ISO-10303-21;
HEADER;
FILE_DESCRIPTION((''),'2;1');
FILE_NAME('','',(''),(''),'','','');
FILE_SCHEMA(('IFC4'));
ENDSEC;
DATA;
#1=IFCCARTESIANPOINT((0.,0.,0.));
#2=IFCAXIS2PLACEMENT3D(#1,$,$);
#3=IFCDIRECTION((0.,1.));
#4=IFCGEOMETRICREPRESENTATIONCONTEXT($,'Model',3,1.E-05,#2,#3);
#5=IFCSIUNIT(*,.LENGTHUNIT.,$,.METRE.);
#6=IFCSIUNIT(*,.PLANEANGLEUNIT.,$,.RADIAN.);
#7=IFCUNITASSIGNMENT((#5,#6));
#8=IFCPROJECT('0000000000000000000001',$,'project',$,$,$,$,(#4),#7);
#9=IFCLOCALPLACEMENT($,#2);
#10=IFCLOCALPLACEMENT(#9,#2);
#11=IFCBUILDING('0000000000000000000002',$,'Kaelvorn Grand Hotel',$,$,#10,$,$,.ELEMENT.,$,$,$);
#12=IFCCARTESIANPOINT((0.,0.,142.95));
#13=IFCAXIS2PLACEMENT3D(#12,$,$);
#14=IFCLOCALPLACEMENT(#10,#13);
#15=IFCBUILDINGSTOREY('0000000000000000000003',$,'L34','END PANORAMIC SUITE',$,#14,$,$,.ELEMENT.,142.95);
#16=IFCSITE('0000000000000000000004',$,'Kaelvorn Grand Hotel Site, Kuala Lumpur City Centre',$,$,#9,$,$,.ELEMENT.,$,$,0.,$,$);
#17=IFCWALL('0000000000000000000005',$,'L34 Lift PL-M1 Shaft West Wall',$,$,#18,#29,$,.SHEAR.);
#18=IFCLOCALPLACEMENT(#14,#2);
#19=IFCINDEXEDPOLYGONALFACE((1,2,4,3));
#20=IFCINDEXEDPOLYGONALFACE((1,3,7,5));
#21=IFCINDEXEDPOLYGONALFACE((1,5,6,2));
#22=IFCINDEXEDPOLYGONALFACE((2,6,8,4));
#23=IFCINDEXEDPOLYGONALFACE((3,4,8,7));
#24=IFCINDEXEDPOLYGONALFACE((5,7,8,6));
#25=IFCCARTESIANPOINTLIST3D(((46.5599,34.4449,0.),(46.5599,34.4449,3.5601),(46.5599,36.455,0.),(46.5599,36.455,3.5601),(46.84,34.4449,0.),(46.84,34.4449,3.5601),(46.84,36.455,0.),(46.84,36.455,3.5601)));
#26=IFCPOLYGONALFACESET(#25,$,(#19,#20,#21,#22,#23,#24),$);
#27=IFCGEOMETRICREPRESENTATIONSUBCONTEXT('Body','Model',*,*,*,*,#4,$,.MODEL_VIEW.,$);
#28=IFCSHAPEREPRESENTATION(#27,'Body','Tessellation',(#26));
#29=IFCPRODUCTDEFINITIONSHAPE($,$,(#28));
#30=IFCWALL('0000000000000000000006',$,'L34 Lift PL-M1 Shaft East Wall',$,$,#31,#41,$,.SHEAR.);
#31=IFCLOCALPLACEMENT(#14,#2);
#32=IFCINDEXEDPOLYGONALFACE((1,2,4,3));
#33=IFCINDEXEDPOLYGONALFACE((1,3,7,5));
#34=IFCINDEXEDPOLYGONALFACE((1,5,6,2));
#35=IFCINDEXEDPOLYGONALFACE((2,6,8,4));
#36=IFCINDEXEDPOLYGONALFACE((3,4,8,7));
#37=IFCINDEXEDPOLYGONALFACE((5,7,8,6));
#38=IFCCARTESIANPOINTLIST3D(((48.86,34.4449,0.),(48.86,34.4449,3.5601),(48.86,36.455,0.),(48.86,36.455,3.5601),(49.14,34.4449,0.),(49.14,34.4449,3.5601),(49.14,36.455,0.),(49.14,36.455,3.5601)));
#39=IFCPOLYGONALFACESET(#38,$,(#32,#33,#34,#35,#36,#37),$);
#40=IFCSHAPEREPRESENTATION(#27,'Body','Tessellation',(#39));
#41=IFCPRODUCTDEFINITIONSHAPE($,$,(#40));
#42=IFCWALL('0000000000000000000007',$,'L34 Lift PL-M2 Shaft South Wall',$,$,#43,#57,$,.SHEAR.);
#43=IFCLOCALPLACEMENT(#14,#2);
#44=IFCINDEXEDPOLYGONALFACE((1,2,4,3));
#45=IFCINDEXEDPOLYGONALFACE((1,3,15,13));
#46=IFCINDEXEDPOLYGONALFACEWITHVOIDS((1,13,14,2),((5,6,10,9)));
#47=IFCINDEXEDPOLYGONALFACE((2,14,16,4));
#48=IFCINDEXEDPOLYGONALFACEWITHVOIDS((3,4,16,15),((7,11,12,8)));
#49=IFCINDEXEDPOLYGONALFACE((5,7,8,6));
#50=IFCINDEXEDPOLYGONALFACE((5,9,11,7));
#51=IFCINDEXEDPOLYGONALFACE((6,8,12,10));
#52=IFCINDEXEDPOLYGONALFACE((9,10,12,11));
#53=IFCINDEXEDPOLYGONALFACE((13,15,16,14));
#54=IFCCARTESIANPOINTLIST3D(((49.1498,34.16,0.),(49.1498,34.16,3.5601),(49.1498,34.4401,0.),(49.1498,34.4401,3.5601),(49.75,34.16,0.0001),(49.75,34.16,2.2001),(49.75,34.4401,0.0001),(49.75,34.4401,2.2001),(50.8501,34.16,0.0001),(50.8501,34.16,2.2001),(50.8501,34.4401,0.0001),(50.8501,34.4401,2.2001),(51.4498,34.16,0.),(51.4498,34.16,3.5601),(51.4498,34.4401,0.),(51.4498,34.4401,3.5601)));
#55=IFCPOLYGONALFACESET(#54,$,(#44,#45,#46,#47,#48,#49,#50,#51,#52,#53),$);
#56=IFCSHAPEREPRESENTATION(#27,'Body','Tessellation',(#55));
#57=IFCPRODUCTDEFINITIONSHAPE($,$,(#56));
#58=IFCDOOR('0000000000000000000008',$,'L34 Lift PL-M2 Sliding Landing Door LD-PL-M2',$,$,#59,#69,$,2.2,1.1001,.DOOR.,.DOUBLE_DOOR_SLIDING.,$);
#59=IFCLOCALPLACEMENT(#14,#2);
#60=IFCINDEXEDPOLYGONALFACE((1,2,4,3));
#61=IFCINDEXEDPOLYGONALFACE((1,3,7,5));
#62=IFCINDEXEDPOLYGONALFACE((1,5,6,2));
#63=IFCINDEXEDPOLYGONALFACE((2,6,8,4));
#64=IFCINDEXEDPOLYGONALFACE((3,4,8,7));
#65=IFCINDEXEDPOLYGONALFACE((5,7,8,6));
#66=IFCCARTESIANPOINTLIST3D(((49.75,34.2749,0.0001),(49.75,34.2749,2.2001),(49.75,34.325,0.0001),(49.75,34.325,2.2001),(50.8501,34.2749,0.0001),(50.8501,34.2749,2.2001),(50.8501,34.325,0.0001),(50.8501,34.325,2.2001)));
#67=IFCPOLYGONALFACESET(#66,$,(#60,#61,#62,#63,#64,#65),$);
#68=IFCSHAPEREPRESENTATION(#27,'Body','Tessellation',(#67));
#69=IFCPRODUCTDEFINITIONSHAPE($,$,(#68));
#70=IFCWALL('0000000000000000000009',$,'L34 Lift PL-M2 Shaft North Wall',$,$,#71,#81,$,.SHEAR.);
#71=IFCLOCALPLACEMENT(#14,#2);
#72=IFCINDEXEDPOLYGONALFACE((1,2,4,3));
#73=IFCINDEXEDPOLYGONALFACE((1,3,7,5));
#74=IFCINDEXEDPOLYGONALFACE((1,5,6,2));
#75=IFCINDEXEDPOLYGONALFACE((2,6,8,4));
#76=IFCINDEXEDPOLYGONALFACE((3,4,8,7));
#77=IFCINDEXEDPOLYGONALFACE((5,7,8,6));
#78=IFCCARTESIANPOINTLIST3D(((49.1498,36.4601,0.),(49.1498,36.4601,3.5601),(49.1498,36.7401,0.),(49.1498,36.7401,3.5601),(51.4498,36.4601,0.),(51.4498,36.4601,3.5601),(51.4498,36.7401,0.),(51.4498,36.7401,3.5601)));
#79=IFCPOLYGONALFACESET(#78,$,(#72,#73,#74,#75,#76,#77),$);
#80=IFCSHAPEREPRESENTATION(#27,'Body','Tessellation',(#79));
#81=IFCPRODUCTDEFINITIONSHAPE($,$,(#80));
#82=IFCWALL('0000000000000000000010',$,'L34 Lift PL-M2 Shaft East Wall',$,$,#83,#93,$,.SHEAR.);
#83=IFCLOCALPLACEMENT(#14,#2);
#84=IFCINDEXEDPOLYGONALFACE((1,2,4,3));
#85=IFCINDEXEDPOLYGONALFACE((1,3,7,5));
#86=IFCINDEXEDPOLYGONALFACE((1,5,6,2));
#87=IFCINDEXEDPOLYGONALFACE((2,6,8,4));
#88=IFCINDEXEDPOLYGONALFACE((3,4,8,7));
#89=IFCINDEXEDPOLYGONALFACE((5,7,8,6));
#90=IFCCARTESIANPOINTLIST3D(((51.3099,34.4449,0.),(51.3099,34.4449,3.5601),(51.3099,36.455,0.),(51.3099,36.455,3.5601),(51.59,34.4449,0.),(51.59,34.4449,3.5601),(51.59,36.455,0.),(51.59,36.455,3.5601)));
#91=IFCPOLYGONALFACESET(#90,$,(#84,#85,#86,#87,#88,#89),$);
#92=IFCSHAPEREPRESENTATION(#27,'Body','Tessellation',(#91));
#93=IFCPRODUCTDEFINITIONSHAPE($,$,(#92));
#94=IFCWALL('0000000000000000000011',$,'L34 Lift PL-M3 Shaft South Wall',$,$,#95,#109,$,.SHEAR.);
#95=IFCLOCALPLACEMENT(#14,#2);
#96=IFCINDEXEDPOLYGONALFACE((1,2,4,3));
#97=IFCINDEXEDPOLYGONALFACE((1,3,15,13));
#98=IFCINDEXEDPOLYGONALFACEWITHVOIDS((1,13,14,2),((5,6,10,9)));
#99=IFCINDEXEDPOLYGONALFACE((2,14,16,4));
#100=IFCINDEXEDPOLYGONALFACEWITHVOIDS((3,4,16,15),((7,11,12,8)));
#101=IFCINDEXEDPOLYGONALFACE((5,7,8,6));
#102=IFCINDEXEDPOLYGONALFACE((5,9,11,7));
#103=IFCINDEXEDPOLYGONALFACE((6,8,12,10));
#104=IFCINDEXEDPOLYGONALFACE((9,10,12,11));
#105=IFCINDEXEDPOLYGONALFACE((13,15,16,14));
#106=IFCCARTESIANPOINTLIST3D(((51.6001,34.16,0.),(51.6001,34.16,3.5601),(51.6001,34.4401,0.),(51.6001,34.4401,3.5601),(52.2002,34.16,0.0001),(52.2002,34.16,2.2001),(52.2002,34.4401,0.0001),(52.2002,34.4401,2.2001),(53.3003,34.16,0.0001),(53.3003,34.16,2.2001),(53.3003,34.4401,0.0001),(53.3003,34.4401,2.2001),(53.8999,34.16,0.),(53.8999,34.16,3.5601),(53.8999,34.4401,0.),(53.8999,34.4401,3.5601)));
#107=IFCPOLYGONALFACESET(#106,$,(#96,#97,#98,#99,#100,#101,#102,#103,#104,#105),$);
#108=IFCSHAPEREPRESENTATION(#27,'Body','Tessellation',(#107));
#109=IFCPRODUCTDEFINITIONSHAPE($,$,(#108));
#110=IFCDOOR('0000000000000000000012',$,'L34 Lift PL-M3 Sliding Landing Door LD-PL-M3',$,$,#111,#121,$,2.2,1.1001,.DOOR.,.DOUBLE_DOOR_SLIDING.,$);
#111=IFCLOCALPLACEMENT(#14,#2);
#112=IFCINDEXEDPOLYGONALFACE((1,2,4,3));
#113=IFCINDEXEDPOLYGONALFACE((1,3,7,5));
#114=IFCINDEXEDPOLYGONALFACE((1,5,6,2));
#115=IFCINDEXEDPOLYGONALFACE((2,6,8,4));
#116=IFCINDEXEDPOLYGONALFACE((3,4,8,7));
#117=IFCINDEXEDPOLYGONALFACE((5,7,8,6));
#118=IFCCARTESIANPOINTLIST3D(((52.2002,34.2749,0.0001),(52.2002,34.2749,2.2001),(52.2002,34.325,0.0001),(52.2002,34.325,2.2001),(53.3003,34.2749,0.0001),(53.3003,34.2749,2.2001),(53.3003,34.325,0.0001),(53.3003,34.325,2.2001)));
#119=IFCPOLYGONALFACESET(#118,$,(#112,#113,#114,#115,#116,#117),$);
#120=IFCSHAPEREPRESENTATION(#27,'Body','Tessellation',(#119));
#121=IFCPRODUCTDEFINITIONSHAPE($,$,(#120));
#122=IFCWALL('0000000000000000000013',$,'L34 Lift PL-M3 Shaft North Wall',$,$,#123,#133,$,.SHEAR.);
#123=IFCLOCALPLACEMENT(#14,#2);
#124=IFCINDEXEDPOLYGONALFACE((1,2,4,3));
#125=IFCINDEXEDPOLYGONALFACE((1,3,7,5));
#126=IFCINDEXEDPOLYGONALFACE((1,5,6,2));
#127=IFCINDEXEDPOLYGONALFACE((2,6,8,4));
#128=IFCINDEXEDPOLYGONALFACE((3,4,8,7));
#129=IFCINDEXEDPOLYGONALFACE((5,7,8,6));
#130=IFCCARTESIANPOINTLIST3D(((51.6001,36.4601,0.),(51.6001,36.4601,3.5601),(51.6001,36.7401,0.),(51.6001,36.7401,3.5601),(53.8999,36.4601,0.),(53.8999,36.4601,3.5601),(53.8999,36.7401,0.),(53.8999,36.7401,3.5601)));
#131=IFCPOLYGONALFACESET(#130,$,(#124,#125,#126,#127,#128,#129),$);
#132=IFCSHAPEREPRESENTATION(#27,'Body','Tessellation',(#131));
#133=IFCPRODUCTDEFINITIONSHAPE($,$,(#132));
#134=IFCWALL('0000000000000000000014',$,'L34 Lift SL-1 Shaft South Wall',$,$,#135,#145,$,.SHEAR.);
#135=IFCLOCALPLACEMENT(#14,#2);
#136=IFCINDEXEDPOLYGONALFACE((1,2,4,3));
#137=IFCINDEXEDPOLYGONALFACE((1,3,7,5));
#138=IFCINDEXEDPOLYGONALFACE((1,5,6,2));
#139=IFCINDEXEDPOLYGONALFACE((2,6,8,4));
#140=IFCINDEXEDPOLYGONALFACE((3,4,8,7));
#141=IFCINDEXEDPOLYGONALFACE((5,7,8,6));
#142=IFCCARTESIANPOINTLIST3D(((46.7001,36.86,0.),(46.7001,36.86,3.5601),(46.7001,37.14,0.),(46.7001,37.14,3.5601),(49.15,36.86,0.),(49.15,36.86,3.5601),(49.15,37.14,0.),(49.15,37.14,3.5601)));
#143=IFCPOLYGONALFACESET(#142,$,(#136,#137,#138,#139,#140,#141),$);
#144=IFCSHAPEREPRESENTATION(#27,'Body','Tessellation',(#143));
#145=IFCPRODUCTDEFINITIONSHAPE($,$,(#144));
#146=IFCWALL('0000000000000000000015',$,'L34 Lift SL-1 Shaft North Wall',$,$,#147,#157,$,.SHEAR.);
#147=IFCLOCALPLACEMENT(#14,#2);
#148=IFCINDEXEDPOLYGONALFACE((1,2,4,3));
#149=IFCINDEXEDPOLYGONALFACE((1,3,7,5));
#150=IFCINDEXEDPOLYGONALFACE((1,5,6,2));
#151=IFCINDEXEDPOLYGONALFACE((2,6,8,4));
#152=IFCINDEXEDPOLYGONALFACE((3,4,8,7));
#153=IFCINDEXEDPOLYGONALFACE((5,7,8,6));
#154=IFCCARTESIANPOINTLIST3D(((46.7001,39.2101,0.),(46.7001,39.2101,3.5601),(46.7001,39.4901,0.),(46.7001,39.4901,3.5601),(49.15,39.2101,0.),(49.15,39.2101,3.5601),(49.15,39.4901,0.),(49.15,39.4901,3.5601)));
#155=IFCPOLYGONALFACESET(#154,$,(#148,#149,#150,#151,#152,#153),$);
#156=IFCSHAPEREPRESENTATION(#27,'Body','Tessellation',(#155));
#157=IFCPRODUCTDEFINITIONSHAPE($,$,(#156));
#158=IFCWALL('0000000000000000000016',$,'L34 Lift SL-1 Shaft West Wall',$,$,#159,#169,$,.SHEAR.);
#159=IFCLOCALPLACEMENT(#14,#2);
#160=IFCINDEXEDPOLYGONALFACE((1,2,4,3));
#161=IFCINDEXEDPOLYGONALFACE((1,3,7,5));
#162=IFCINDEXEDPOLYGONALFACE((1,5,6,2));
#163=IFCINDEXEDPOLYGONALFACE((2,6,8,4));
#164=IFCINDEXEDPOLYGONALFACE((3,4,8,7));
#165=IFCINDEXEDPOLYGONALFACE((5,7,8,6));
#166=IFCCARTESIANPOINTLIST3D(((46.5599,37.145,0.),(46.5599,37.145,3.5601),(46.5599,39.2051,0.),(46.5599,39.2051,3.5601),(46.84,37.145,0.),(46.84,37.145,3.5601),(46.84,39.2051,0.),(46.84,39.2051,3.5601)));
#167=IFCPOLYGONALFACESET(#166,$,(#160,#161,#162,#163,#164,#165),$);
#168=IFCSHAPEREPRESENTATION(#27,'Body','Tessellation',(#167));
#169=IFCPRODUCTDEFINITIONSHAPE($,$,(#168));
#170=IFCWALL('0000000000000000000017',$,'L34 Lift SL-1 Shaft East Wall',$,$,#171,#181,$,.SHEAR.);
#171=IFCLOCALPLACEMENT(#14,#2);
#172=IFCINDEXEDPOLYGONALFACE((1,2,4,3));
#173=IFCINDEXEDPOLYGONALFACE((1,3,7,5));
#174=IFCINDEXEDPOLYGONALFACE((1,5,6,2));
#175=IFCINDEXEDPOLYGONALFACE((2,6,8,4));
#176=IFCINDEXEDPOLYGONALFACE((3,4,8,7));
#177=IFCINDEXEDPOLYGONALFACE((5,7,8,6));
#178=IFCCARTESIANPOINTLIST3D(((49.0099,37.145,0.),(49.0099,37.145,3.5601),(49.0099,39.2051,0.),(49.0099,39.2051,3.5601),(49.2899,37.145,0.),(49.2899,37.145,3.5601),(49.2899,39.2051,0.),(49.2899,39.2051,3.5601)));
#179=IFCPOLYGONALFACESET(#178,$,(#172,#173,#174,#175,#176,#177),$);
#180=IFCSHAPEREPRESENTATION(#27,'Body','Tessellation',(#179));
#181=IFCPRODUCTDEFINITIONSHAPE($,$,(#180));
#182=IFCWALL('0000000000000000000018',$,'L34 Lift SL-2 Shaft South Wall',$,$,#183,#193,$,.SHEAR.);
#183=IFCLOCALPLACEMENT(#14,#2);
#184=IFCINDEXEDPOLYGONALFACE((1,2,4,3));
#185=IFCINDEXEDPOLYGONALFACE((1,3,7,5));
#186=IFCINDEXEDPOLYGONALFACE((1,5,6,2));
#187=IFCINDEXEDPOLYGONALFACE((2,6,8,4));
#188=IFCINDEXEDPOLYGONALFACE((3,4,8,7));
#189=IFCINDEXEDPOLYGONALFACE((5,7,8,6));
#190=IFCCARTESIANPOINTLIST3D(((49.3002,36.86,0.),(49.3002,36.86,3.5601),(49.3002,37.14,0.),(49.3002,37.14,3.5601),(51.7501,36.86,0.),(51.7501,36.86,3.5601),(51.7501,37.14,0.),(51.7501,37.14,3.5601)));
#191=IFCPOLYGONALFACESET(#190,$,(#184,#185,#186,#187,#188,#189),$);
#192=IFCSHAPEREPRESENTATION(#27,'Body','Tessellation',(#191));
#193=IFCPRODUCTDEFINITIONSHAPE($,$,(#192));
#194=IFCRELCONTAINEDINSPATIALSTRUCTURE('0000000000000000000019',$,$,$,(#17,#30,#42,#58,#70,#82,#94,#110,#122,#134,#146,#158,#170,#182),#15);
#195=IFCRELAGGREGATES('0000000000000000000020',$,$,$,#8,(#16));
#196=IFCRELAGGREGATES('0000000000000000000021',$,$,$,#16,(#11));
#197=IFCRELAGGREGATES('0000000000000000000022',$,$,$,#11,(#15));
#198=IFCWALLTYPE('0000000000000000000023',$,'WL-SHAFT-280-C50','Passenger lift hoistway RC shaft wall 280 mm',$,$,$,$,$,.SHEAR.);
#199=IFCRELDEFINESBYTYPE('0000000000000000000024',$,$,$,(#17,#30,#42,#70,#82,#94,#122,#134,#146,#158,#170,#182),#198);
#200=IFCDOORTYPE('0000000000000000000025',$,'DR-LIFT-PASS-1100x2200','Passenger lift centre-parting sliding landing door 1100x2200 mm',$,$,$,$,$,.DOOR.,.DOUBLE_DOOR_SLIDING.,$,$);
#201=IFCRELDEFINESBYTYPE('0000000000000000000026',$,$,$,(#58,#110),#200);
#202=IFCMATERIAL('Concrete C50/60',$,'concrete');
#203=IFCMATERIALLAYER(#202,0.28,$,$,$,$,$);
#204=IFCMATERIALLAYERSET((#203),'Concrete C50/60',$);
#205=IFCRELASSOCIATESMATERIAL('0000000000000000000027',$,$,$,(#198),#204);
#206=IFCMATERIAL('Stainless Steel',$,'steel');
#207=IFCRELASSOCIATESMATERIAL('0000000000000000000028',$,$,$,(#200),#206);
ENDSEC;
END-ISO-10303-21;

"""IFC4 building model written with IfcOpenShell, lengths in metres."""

from ifc_helpers import new_model, si_unit, direction, frame, frame_2d, origin, place, context, subcontext, project, spatial, rectangle, extrude, material, layer, layer_set, type_object, element, fill, save


model = new_model("IFC4")

# Units and contexts
model_context = context("Model", 3, precision=1e-05, world=origin(), true_north=direction((0.0, 1.0)))
body_context = subcontext(model_context, "Body", "Model", "MODEL_VIEW")
ifc_project = project(units=[si_unit("LENGTHUNIT", "METRE"), si_unit("PLANEANGLEUNIT", "RADIAN")], contexts=[model_context])

# Site, building, storey
site_placement = place(None, origin())
site = spatial("IfcSite", under=ifc_project, at=site_placement, Name="Kaelvorn Grand Hotel Site, Kuala Lumpur City Centre", CompositionType="ELEMENT", RefElevation=0.0)
building_placement = place(site_placement, origin())
building = spatial("IfcBuilding", under=site, at=building_placement, Name="Kaelvorn Grand Hotel", CompositionType="ELEMENT")
storey_placement = place(building_placement, frame((0.0, 0.0, 142.95)))
storey = spatial("IfcBuildingStorey", under=building, at=storey_placement, Name="L34", Description="END PANORAMIC SUITE", CompositionType="ELEMENT", Elevation=142.95)

# Shared definitions
ifc_material_1 = material(Name="Concrete C50/60", Category="concrete")

# Shared definitions
ifc_layer_1 = layer(ifc_material_1, 0.28)
ifc_layer_set_1 = layer_set([ifc_layer_1], Name="Concrete C50/60")
wall_type_1 = type_object("IfcWallType", Name="WL-SHAFT-280-C50", Description="Passenger lift hoistway RC shaft wall 280 mm", PredefinedType="SHEAR", material=ifc_layer_set_1)
ifc_material_2 = material(Name="Stainless Steel", Category="steel")
door_type_1 = type_object("IfcDoorType", Name="DR-LIFT-PASS-1100x2200", Description="Passenger lift centre-parting sliding landing door 1100x2200 mm", OperationType="DOUBLE_DOOR_SLIDING", PredefinedType="DOOR", material=ifc_material_2)

# Walls
for number, where, z_axis, x_axis, name in (
    (1, (46.7, 34.4451, 0.0), (0.0, 0.0, 1.0), (0.0, 1.0, 0.0), "L34 Lift PL-M1 Shaft West Wall"),
    (2, (49.0, 34.4451, 0.0), (0.0, 0.0, 1.0), (0.0, 1.0, 0.0), "L34 Lift PL-M1 Shaft East Wall"),
):
    element("IfcWall", number, at=place(storey_placement, frame(where, z_axis=z_axis, x_axis=x_axis)), inside=storey, type_object=wall_type_1, Name=name, PredefinedType="SHEAR", context=body_context, shape_type="SweptSolid", body=[
        extrude(rectangle(XDim=2.01, YDim=0.28, at=frame_2d((1.0049, 0.0))), origin(), (0.0, 0.0, 1.0), 3.5601),
    ])

# Wall, opening, door
wall_1_placement = place(storey_placement, frame((49.1499, 34.3, 0.0), z_axis=(0.0, 0.0, 1.0), x_axis=(1.0, 0.0, 0.0)))
wall_1 = element("IfcWall", 3, at=wall_1_placement, inside=storey, type_object=wall_type_1, Name="L34 Lift PL-M2 Shaft South Wall", PredefinedType="SHEAR", context=body_context, shape_type="SweptSolid", body=[
    extrude(rectangle(XDim=2.3, YDim=0.28, at=frame_2d((1.1499, 0.0))), origin(), (0.0, 0.0, 1.0), 3.5601),
])
opening_1_placement = place(wall_1_placement, frame((0.6001, 0.0, 0.0)))
opening_1 = element("IfcOpeningElement", 4, at=opening_1_placement, cuts=wall_1, PredefinedType="OPENING", context=body_context, shape_type="SweptSolid", body=[
    extrude(rectangle(XDim=1.1001, YDim=2.2, at=frame_2d((0.55, 1.1001))), frame((0.0, 0.1499, 0.0), z_axis=(0.0, -1.0, 0.0), x_axis=(1.0, 0.0, 0.0)), (0.0, 0.0, 1.0), 0.3),
])
door_1_placement = place(opening_1_placement, origin())
door_1 = element("IfcDoor", 5, at=door_1_placement, inside=storey, type_object=door_type_1, Name="L34 Lift PL-M2 Sliding Landing Door LD-PL-M2", OperationType="DOUBLE_DOOR_SLIDING", OverallHeight=2.2, OverallWidth=1.1001, PredefinedType="DOOR", context=body_context, shape_type="SweptSolid", body=[
    extrude(rectangle(XDim=1.1001, YDim=2.2, at=frame_2d((0.55, 1.1001))), frame((0.0, 0.0249, 0.0), z_axis=(0.0, -1.0, 0.0), x_axis=(1.0, 0.0, 0.0)), (0.0, 0.0, 1.0), 0.05),
])
fill(opening_1, door_1)

# Walls
wall_2_placement = place(storey_placement, frame((49.1499, 36.6001, 0.0), z_axis=(0.0, 0.0, 1.0), x_axis=(1.0, 0.0, 0.0)))
element("IfcWall", 6, at=wall_2_placement, inside=storey, type_object=wall_type_1, Name="L34 Lift PL-M2 Shaft North Wall", PredefinedType="SHEAR", context=body_context, shape_type="SweptSolid", body=[
    extrude(rectangle(XDim=2.3, YDim=0.28, at=frame_2d((1.1499, 0.0))), origin(), (0.0, 0.0, 1.0), 3.5601),
])
wall_3_placement = place(storey_placement, frame((51.45, 34.4451, 0.0), z_axis=(0.0, 0.0, 1.0), x_axis=(0.0, 1.0, 0.0)))
element("IfcWall", 7, at=wall_3_placement, inside=storey, type_object=wall_type_1, Name="L34 Lift PL-M2 Shaft East Wall", PredefinedType="SHEAR", context=body_context, shape_type="SweptSolid", body=[
    extrude(rectangle(XDim=2.01, YDim=0.28, at=frame_2d((1.0049, 0.0))), origin(), (0.0, 0.0, 1.0), 3.5601),
])

# Wall, opening, door
wall_4_placement = place(storey_placement, frame((51.6001, 34.3, 0.0), z_axis=(0.0, 0.0, 1.0), x_axis=(1.0, 0.0, 0.0)))
wall_4 = element("IfcWall", 8, at=wall_4_placement, inside=storey, type_object=wall_type_1, Name="L34 Lift PL-M3 Shaft South Wall", PredefinedType="SHEAR", context=body_context, shape_type="SweptSolid", body=[
    extrude(rectangle(XDim=2.2998, YDim=0.28, at=frame_2d((1.1499, 0.0))), origin(), (0.0, 0.0, 1.0), 3.5601),
])
opening_2_placement = place(wall_4_placement, frame((0.6001, 0.0, 0.0)))
opening_2 = element("IfcOpeningElement", 9, at=opening_2_placement, cuts=wall_4, PredefinedType="OPENING", context=body_context, shape_type="SweptSolid", body=[
    extrude(rectangle(XDim=1.1001, YDim=2.2, at=frame_2d((0.55, 1.1001))), frame((0.0, 0.1499, 0.0), z_axis=(0.0, -1.0, 0.0), x_axis=(1.0, 0.0, 0.0)), (0.0, 0.0, 1.0), 0.3),
])
door_2_placement = place(opening_2_placement, origin())
door_2 = element("IfcDoor", 10, at=door_2_placement, inside=storey, type_object=door_type_1, Name="L34 Lift PL-M3 Sliding Landing Door LD-PL-M3", OperationType="DOUBLE_DOOR_SLIDING", OverallHeight=2.2, OverallWidth=1.1001, PredefinedType="DOOR", context=body_context, shape_type="SweptSolid", body=[
    extrude(rectangle(XDim=1.1001, YDim=2.2, at=frame_2d((0.55, 1.1001))), frame((0.0, 0.0249, 0.0), z_axis=(0.0, -1.0, 0.0), x_axis=(1.0, 0.0, 0.0)), (0.0, 0.0, 1.0), 0.05),
])
fill(opening_2, door_2)

# Walls
wall_5_placement = place(storey_placement, frame((51.6001, 36.6001, 0.0), z_axis=(0.0, 0.0, 1.0), x_axis=(1.0, 0.0, 0.0)))
element("IfcWall", 11, at=wall_5_placement, inside=storey, type_object=wall_type_1, Name="L34 Lift PL-M3 Shaft North Wall", PredefinedType="SHEAR", context=body_context, shape_type="SweptSolid", body=[
    extrude(rectangle(XDim=2.2998, YDim=0.28, at=frame_2d((1.1499, 0.0))), origin(), (0.0, 0.0, 1.0), 3.5601),
])
for number, where, z_axis, x_axis, name in (
    (12, (46.7, 37.0, 0.0), (0.0, 0.0, 1.0), (1.0, 0.0, 0.0), "L34 Lift SL-1 Shaft South Wall"),
    (13, (46.7, 39.3501, 0.0), (0.0, 0.0, 1.0), (1.0, 0.0, 0.0), "L34 Lift SL-1 Shaft North Wall"),
):
    element("IfcWall", number, at=place(storey_placement, frame(where, z_axis=z_axis, x_axis=x_axis)), inside=storey, type_object=wall_type_1, Name=name, PredefinedType="SHEAR", context=body_context, shape_type="SweptSolid", body=[
        extrude(rectangle(XDim=2.45, YDim=0.28, at=frame_2d((1.2251, 0.0))), origin(), (0.0, 0.0, 1.0), 3.5601),
    ])
for number, where, z_axis, x_axis, name in (
    (14, (46.7, 37.145, 0.0), (0.0, 0.0, 1.0), (0.0, 1.0, 0.0), "L34 Lift SL-1 Shaft West Wall"),
    (15, (49.1499, 37.145, 0.0), (0.0, 0.0, 1.0), (0.0, 1.0, 0.0), "L34 Lift SL-1 Shaft East Wall"),
):
    element("IfcWall", number, at=place(storey_placement, frame(where, z_axis=z_axis, x_axis=x_axis)), inside=storey, type_object=wall_type_1, Name=name, PredefinedType="SHEAR", context=body_context, shape_type="SweptSolid", body=[
        extrude(rectangle(XDim=2.0601, YDim=0.28, at=frame_2d((1.03, 0.0))), origin(), (0.0, 0.0, 1.0), 3.5601),
    ])
for number, where, z_axis, x_axis, name in (
    (16, (49.3, 37.0, 0.0), (0.0, 0.0, 1.0), (1.0, 0.0, 0.0), "L34 Lift SL-2 Shaft South Wall"),
):
    element("IfcWall", number, at=place(storey_placement, frame(where, z_axis=z_axis, x_axis=x_axis)), inside=storey, type_object=wall_type_1, Name=name, PredefinedType="SHEAR", context=body_context, shape_type="SweptSolid", body=[
        extrude(rectangle(XDim=2.45, YDim=0.28, at=frame_2d((1.2251, 0.0))), origin(), (0.0, 0.0, 1.0), 3.5601),
    ])

save(model, "model.ifc")
